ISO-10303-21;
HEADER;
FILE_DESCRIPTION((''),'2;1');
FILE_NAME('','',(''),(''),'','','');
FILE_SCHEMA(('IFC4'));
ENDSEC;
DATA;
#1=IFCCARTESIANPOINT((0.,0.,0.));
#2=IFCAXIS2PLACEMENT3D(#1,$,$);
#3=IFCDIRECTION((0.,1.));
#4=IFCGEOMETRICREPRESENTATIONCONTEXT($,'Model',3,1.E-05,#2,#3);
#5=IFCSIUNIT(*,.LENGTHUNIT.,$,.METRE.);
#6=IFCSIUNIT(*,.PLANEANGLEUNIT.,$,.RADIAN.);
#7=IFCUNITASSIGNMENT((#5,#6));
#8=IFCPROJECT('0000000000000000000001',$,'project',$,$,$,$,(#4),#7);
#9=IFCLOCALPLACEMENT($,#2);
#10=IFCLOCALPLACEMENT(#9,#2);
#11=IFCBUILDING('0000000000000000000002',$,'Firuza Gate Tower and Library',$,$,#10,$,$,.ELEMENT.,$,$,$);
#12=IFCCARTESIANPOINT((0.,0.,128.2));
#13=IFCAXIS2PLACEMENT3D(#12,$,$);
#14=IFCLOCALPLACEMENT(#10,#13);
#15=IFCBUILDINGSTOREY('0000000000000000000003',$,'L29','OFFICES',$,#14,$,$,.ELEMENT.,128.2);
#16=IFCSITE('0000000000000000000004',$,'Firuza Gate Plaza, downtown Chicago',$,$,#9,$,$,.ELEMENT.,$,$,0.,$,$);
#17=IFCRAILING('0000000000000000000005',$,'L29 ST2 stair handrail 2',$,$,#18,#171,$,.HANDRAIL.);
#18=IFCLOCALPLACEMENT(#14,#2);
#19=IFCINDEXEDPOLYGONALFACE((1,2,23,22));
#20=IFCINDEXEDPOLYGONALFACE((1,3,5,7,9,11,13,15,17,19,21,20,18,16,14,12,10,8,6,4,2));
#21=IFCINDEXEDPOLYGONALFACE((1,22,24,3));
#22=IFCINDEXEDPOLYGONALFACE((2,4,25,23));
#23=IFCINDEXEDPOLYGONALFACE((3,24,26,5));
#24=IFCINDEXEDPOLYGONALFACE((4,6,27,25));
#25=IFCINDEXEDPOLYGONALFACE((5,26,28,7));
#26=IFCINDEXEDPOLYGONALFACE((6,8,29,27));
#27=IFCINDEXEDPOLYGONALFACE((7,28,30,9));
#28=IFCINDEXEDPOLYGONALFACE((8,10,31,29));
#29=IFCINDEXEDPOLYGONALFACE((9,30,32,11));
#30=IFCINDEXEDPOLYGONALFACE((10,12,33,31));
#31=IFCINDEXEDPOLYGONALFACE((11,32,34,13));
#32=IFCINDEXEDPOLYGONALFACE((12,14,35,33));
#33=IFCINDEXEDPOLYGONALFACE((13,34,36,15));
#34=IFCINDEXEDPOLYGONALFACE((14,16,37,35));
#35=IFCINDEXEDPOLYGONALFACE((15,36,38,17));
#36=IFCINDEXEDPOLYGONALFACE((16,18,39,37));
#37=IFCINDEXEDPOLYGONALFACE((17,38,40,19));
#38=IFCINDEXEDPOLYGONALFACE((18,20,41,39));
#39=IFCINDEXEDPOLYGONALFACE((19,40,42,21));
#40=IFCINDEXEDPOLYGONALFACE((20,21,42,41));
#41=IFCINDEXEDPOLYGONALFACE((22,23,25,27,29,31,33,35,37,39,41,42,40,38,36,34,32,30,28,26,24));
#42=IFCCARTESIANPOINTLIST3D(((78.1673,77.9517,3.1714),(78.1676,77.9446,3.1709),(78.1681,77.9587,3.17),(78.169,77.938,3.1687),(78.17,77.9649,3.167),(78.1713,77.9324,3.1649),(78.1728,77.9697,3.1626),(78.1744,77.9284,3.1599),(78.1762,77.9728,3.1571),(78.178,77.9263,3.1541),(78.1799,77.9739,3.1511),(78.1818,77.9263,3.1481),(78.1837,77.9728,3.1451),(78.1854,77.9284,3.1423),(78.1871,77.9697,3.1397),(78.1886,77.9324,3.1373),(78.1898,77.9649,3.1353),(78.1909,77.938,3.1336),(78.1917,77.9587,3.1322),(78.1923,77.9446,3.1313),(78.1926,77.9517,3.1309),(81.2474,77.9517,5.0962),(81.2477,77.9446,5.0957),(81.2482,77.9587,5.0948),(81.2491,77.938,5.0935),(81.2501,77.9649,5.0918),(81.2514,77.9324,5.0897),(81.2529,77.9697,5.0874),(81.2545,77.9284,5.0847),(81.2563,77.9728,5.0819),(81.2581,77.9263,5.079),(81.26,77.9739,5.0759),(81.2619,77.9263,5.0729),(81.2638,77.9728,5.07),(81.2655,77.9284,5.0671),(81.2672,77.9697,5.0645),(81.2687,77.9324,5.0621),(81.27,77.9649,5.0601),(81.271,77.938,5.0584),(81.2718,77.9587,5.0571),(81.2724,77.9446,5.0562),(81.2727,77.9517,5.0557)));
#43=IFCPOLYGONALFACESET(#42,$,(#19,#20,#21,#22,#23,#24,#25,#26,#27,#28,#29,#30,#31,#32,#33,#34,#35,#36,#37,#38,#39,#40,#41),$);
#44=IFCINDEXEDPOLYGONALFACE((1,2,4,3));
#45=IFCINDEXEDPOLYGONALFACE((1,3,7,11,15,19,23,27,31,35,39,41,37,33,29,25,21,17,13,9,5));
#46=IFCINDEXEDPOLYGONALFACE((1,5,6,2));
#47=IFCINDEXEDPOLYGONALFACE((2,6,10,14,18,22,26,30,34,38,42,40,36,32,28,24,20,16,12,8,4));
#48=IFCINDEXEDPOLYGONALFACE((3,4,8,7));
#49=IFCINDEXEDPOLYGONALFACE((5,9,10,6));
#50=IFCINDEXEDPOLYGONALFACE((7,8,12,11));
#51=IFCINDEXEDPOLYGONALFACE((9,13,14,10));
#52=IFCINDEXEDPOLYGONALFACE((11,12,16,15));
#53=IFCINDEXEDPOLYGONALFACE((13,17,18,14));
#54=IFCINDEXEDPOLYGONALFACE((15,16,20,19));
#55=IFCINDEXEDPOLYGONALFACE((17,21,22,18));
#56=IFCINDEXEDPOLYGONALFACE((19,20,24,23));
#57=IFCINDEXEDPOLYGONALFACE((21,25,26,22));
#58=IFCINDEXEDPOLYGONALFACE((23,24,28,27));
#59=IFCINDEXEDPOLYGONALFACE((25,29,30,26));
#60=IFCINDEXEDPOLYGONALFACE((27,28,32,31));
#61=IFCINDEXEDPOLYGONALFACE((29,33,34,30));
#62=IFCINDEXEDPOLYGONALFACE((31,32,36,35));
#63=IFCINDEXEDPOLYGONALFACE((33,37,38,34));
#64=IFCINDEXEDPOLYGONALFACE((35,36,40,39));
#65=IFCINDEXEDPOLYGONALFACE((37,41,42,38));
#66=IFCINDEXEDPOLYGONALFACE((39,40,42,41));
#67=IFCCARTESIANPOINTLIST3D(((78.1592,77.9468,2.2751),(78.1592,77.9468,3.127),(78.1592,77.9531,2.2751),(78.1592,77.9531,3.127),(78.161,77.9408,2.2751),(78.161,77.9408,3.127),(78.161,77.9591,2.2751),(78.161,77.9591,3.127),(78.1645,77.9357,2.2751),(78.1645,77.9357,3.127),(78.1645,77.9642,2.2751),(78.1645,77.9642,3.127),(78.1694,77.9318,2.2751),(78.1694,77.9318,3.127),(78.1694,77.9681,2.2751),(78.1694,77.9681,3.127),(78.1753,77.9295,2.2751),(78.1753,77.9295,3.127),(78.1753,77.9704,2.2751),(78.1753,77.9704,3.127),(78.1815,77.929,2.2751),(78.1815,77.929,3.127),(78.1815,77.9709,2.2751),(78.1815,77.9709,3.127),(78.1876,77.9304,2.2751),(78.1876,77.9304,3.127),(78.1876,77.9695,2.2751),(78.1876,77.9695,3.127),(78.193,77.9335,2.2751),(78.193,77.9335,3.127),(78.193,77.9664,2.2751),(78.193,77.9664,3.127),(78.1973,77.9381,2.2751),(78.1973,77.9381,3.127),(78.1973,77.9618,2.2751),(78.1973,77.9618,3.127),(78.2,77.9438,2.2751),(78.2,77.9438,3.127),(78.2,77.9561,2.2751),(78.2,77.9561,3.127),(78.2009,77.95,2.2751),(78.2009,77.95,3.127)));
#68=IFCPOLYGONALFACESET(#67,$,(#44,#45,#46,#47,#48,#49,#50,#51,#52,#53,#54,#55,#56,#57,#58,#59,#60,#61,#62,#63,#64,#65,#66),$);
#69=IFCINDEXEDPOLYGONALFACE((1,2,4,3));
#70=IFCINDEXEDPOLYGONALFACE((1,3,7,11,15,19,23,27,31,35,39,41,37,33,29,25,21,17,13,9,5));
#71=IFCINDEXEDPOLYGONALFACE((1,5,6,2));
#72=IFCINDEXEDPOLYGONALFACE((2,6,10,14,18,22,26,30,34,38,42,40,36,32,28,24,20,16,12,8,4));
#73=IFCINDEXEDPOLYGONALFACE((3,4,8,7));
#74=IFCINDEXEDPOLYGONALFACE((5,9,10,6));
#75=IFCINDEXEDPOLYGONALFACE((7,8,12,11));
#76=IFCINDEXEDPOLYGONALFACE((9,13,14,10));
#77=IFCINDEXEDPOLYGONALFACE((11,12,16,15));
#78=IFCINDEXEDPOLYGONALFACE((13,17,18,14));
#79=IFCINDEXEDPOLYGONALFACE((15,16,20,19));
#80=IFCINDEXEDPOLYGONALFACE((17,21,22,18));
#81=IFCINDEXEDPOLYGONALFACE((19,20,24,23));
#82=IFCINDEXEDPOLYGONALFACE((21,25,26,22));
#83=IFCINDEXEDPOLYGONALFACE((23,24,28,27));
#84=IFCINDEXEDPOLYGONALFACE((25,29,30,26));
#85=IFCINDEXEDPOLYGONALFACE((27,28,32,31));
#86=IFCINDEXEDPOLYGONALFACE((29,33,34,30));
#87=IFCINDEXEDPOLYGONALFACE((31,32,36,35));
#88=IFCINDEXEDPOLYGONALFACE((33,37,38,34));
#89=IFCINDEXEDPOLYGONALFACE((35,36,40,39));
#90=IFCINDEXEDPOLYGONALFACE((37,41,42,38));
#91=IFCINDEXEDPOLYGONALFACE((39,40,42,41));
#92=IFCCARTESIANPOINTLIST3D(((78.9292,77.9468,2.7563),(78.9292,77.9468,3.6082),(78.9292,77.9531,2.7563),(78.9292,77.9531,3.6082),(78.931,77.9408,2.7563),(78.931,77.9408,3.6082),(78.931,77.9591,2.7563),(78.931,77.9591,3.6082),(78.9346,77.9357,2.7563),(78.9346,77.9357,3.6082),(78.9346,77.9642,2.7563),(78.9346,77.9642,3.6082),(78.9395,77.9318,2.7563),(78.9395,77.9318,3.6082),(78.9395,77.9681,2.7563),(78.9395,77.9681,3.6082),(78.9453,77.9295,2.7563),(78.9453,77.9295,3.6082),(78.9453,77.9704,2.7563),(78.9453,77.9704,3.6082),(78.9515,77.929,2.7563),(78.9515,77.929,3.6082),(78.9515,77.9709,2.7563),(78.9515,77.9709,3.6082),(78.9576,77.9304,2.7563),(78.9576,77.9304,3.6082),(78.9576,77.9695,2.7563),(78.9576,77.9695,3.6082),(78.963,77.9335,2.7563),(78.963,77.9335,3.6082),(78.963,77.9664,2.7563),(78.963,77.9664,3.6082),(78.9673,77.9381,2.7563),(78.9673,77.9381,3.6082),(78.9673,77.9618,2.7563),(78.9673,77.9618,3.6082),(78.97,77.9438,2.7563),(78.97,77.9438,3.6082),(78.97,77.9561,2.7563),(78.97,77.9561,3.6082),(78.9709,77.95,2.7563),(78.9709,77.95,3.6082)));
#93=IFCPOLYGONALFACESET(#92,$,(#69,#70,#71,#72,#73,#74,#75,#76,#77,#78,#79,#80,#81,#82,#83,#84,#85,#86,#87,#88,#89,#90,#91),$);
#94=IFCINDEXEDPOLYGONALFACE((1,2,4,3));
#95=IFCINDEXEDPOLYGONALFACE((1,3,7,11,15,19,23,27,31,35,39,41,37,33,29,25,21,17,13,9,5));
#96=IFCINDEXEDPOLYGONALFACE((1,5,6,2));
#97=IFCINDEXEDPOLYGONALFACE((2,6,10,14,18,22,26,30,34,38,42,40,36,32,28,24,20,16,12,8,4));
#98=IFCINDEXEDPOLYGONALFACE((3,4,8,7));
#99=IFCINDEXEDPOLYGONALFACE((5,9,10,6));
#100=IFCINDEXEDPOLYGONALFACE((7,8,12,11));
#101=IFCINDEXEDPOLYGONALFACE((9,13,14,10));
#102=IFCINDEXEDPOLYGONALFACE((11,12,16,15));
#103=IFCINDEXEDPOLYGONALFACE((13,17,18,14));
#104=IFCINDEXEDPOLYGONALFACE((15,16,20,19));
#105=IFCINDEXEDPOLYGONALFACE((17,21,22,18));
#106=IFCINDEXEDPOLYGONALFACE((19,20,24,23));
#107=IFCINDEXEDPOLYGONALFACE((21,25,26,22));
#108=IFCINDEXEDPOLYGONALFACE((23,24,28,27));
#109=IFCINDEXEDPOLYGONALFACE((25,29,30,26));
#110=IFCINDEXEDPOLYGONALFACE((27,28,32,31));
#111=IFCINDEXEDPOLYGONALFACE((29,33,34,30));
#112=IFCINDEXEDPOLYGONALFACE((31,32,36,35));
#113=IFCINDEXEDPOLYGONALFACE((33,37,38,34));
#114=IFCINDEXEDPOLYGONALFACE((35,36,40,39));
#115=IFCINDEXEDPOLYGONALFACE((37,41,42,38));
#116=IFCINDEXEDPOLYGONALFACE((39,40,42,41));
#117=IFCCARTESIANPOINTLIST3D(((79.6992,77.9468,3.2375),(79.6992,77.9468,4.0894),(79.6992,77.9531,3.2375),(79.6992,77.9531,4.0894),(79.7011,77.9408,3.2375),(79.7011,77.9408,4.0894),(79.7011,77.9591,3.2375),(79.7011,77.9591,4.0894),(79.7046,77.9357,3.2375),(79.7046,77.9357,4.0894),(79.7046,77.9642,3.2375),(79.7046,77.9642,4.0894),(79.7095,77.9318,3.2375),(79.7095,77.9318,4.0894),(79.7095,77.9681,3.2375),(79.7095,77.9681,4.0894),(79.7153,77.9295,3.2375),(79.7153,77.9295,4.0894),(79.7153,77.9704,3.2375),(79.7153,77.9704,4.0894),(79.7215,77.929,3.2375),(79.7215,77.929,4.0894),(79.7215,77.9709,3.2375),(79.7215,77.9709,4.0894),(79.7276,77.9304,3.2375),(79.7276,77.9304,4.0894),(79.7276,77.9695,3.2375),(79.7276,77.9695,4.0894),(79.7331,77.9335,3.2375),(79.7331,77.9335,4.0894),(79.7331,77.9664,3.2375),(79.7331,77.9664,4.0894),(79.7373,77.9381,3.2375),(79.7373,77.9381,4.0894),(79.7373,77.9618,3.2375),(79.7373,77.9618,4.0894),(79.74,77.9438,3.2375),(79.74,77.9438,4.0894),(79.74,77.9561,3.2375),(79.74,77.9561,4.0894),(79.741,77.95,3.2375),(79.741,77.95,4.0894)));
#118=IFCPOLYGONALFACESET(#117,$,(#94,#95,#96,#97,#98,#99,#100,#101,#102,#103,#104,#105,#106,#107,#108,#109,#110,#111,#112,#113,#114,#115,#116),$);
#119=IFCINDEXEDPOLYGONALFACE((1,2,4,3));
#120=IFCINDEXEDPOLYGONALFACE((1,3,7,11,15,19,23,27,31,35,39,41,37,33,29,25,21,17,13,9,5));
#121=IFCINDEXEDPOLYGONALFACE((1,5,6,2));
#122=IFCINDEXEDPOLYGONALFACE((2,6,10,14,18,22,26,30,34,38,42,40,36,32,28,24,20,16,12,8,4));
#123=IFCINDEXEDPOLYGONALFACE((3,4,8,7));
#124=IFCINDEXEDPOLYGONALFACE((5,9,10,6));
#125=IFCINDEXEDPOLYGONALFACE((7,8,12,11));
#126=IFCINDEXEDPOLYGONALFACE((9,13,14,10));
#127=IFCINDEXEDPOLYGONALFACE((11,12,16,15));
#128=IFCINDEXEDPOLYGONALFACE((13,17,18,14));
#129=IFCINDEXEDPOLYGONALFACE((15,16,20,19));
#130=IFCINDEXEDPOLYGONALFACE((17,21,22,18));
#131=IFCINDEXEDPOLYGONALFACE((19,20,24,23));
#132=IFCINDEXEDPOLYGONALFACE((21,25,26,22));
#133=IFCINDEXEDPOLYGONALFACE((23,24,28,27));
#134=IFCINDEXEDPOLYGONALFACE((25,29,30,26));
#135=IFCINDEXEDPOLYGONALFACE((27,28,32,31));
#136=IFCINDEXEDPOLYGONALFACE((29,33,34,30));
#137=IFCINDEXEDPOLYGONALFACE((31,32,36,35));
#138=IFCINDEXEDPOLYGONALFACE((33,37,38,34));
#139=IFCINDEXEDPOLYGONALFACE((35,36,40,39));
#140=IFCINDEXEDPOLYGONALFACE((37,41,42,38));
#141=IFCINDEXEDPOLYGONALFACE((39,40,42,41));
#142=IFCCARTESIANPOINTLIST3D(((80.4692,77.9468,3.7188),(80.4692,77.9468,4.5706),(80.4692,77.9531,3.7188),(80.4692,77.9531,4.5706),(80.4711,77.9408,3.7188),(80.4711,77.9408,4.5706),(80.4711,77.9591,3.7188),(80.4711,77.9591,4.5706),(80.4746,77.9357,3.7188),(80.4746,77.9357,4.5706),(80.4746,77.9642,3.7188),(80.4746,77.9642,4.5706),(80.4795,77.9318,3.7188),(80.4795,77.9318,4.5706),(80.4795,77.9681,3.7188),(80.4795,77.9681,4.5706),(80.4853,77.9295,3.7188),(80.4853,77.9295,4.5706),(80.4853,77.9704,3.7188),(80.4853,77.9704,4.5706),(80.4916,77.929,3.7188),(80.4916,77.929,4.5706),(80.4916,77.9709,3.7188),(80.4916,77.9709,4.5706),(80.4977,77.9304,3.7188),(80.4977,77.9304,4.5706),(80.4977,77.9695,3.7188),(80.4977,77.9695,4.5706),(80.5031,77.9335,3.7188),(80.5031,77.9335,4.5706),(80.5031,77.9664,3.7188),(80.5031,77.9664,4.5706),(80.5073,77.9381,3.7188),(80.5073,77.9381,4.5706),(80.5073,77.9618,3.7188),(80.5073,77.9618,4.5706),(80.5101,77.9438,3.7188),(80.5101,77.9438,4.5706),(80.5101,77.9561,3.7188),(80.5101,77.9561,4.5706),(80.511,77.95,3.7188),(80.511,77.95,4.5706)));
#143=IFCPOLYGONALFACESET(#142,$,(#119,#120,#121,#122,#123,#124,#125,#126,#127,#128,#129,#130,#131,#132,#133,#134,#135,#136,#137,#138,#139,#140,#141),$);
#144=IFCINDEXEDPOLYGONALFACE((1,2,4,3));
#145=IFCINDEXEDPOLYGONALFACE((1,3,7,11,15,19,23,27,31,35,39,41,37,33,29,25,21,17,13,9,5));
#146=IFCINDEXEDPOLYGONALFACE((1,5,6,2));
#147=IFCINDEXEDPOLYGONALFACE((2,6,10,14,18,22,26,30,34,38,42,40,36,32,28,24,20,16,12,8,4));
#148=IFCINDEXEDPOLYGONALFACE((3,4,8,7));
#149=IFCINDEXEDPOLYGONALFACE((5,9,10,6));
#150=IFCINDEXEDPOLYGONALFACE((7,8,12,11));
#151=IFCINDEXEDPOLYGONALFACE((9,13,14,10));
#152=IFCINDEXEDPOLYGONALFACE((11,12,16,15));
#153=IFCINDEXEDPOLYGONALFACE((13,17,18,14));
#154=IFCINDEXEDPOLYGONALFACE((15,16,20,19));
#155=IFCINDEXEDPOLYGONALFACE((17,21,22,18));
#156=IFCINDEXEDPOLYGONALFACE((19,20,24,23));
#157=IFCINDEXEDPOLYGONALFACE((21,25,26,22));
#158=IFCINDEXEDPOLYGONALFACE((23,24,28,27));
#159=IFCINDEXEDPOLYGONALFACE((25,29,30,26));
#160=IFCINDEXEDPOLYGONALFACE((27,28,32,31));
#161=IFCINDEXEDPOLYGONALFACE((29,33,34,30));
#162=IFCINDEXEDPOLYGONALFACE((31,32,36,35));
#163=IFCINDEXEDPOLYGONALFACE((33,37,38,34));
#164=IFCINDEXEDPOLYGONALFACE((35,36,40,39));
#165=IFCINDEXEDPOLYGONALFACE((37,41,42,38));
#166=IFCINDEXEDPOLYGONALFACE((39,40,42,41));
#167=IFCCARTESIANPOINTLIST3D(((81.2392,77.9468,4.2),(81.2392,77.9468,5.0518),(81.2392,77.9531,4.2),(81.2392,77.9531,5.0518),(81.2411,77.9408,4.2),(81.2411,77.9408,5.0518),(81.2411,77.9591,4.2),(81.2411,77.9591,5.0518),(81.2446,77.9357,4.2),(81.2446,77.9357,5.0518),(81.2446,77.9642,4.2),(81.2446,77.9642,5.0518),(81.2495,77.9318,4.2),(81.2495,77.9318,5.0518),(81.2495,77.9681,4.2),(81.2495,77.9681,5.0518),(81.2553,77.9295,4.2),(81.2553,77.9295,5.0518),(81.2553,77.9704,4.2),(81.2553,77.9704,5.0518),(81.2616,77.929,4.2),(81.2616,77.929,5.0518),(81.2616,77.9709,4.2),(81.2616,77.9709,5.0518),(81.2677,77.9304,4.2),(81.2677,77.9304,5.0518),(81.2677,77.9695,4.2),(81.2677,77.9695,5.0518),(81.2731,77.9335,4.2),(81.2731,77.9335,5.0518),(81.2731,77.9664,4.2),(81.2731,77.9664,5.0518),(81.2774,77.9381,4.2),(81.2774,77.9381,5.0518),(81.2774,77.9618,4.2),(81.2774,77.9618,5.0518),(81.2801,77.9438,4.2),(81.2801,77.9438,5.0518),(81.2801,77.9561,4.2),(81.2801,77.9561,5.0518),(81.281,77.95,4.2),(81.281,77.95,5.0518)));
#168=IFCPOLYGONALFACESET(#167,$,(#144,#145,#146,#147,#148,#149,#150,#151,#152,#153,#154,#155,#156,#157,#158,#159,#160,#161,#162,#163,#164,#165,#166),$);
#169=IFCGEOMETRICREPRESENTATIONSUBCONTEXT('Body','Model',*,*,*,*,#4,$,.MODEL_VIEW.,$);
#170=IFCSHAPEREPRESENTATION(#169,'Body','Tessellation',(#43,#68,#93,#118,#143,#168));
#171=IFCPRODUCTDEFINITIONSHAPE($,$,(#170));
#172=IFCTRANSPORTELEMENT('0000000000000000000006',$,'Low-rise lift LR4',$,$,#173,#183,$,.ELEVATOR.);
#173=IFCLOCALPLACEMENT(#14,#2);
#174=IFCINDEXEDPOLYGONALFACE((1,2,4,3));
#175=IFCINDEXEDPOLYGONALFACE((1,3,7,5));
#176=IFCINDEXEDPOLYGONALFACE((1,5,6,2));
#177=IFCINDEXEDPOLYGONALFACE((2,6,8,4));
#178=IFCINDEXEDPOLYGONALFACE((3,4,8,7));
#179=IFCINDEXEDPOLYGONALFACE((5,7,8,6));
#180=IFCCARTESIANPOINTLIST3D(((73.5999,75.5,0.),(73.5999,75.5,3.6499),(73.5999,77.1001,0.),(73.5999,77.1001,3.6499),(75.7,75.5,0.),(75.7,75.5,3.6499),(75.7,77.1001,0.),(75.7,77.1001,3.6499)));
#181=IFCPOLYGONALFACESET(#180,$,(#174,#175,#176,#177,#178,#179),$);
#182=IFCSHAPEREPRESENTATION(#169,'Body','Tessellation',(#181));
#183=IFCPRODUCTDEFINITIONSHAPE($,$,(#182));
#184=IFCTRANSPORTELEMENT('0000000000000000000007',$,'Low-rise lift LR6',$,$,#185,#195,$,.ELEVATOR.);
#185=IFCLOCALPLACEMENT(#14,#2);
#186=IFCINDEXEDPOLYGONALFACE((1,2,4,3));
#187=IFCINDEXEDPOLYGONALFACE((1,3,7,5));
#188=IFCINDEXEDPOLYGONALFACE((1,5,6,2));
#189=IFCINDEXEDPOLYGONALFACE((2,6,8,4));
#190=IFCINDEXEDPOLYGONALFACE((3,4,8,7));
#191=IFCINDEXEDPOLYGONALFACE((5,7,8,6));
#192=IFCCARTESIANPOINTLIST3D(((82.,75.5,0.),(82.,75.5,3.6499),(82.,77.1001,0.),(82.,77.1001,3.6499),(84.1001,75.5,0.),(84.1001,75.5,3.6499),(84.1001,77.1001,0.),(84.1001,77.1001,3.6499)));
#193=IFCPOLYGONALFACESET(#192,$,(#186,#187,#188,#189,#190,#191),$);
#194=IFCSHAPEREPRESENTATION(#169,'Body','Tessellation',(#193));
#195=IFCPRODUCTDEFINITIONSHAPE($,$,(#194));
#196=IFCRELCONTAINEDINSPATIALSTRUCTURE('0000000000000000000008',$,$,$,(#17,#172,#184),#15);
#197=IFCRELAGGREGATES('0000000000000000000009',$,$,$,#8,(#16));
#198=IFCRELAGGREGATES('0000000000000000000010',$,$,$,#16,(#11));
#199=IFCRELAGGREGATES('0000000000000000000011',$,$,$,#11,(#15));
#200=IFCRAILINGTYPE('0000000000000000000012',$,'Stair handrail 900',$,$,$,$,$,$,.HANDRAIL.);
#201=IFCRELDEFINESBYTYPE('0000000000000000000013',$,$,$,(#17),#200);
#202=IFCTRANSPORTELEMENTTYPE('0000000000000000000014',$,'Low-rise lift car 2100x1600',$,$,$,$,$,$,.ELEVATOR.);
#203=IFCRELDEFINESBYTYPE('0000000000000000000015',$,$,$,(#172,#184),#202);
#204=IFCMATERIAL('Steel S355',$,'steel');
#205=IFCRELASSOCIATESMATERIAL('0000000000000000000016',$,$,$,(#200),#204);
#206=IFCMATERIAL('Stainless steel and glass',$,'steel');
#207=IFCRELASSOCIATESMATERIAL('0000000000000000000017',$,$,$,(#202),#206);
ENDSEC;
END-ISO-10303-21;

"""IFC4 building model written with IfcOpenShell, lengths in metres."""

from ifc_helpers import new_model, si_unit, direction, frame, origin, origin_2d, place, context, subcontext, project, spatial, rectangle, circle, extrude, material, type_object, element, save


model = new_model("IFC4")

# Units and contexts
model_context = context("Model", 3, precision=1e-05, world=origin(), true_north=direction((0.0, 1.0)))
body_context = subcontext(model_context, "Body", "Model", "MODEL_VIEW")
ifc_project = project(units=[si_unit("LENGTHUNIT", "METRE"), si_unit("PLANEANGLEUNIT", "RADIAN")], contexts=[model_context])

# Site, building, storey
site_placement = place(None, origin())
site = spatial("IfcSite", under=ifc_project, at=site_placement, Name="Firuza Gate Plaza, downtown Chicago", CompositionType="ELEMENT", RefElevation=0.0)
building_placement = place(site_placement, origin())
building = spatial("IfcBuilding", under=site, at=building_placement, Name="Firuza Gate Tower and Library", CompositionType="ELEMENT")
storey_placement = place(building_placement, frame((0.0, 0.0, 128.2)))
storey = spatial("IfcBuildingStorey", under=building, at=storey_placement, Name="L29", Description="OFFICES", CompositionType="ELEMENT", Elevation=128.2)

# Railing
ifc_material_1 = material(Name="Steel S355", Category="steel")
railing_type_1 = type_object("IfcRailingType", Name="Stair handrail 900", PredefinedType="HANDRAIL", material=ifc_material_1)
railing_1_placement = place(storey_placement, frame((78.1799, 77.95, 2.2751)))
element("IfcRailing", 1, at=railing_1_placement, inside=storey, type_object=railing_type_1, Name="L29 ST2 stair handrail 2", PredefinedType="HANDRAIL", context=body_context, shape_type="SweptSolid", body=[
    extrude(circle(Radius=0.0239, at=origin_2d()), frame((0.0, 0.0, 0.876), z_axis=(0.848029, 0.0, 0.529951), x_axis=(0.0, 1.0, 0.0)), (0.0, 0.0, 1.0), 3.6321),
    extrude(circle(Radius=0.021, at=origin_2d()), origin(), (0.0, 0.0, 1.0), 0.8518),
    extrude(circle(Radius=0.021, at=origin_2d()), frame((0.77, 0.0, 0.4812)), (0.0, 0.0, 1.0), 0.8518),
    extrude(circle(Radius=0.021, at=origin_2d()), frame((1.54, 0.0, 0.9624)), (0.0, 0.0, 1.0), 0.8518),
    extrude(circle(Radius=0.021, at=origin_2d()), frame((2.3101, 0.0, 1.4436)), (0.0, 0.0, 1.0), 0.8518),
    extrude(circle(Radius=0.021, at=origin_2d()), frame((3.0801, 0.0, 1.9248)), (0.0, 0.0, 1.0), 0.8518),
])

# Transport elements
ifc_material_2 = material(Name="Stainless steel and glass", Category="steel")
transport_element_type = type_object("IfcTransportElementType", Name="Low-rise lift car 2100x1600", PredefinedType="ELEVATOR", material=ifc_material_2)
for number, where, z_axis, x_axis, name in (
    (2, (74.6499, 76.3, 0.0), (0.0, 0.0, 1.0), (1.0, 0.0, 0.0), "Low-rise lift LR4"),
    (3, (83.05, 76.3, 0.0), (0.0, 0.0, 1.0), (1.0, 0.0, 0.0), "Low-rise lift LR6"),
):
    element("IfcTransportElement", number, at=place(storey_placement, frame(where, z_axis=z_axis, x_axis=x_axis)), inside=storey, type_object=transport_element_type, Name=name, PredefinedType="ELEVATOR", context=body_context, shape_type="SweptSolid", body=[
        extrude(rectangle(XDim=2.1001, YDim=1.6001, at=origin_2d()), origin(), (0.0, 0.0, 1.0), 3.6499),
    ])

save(model, "model.ifc")
